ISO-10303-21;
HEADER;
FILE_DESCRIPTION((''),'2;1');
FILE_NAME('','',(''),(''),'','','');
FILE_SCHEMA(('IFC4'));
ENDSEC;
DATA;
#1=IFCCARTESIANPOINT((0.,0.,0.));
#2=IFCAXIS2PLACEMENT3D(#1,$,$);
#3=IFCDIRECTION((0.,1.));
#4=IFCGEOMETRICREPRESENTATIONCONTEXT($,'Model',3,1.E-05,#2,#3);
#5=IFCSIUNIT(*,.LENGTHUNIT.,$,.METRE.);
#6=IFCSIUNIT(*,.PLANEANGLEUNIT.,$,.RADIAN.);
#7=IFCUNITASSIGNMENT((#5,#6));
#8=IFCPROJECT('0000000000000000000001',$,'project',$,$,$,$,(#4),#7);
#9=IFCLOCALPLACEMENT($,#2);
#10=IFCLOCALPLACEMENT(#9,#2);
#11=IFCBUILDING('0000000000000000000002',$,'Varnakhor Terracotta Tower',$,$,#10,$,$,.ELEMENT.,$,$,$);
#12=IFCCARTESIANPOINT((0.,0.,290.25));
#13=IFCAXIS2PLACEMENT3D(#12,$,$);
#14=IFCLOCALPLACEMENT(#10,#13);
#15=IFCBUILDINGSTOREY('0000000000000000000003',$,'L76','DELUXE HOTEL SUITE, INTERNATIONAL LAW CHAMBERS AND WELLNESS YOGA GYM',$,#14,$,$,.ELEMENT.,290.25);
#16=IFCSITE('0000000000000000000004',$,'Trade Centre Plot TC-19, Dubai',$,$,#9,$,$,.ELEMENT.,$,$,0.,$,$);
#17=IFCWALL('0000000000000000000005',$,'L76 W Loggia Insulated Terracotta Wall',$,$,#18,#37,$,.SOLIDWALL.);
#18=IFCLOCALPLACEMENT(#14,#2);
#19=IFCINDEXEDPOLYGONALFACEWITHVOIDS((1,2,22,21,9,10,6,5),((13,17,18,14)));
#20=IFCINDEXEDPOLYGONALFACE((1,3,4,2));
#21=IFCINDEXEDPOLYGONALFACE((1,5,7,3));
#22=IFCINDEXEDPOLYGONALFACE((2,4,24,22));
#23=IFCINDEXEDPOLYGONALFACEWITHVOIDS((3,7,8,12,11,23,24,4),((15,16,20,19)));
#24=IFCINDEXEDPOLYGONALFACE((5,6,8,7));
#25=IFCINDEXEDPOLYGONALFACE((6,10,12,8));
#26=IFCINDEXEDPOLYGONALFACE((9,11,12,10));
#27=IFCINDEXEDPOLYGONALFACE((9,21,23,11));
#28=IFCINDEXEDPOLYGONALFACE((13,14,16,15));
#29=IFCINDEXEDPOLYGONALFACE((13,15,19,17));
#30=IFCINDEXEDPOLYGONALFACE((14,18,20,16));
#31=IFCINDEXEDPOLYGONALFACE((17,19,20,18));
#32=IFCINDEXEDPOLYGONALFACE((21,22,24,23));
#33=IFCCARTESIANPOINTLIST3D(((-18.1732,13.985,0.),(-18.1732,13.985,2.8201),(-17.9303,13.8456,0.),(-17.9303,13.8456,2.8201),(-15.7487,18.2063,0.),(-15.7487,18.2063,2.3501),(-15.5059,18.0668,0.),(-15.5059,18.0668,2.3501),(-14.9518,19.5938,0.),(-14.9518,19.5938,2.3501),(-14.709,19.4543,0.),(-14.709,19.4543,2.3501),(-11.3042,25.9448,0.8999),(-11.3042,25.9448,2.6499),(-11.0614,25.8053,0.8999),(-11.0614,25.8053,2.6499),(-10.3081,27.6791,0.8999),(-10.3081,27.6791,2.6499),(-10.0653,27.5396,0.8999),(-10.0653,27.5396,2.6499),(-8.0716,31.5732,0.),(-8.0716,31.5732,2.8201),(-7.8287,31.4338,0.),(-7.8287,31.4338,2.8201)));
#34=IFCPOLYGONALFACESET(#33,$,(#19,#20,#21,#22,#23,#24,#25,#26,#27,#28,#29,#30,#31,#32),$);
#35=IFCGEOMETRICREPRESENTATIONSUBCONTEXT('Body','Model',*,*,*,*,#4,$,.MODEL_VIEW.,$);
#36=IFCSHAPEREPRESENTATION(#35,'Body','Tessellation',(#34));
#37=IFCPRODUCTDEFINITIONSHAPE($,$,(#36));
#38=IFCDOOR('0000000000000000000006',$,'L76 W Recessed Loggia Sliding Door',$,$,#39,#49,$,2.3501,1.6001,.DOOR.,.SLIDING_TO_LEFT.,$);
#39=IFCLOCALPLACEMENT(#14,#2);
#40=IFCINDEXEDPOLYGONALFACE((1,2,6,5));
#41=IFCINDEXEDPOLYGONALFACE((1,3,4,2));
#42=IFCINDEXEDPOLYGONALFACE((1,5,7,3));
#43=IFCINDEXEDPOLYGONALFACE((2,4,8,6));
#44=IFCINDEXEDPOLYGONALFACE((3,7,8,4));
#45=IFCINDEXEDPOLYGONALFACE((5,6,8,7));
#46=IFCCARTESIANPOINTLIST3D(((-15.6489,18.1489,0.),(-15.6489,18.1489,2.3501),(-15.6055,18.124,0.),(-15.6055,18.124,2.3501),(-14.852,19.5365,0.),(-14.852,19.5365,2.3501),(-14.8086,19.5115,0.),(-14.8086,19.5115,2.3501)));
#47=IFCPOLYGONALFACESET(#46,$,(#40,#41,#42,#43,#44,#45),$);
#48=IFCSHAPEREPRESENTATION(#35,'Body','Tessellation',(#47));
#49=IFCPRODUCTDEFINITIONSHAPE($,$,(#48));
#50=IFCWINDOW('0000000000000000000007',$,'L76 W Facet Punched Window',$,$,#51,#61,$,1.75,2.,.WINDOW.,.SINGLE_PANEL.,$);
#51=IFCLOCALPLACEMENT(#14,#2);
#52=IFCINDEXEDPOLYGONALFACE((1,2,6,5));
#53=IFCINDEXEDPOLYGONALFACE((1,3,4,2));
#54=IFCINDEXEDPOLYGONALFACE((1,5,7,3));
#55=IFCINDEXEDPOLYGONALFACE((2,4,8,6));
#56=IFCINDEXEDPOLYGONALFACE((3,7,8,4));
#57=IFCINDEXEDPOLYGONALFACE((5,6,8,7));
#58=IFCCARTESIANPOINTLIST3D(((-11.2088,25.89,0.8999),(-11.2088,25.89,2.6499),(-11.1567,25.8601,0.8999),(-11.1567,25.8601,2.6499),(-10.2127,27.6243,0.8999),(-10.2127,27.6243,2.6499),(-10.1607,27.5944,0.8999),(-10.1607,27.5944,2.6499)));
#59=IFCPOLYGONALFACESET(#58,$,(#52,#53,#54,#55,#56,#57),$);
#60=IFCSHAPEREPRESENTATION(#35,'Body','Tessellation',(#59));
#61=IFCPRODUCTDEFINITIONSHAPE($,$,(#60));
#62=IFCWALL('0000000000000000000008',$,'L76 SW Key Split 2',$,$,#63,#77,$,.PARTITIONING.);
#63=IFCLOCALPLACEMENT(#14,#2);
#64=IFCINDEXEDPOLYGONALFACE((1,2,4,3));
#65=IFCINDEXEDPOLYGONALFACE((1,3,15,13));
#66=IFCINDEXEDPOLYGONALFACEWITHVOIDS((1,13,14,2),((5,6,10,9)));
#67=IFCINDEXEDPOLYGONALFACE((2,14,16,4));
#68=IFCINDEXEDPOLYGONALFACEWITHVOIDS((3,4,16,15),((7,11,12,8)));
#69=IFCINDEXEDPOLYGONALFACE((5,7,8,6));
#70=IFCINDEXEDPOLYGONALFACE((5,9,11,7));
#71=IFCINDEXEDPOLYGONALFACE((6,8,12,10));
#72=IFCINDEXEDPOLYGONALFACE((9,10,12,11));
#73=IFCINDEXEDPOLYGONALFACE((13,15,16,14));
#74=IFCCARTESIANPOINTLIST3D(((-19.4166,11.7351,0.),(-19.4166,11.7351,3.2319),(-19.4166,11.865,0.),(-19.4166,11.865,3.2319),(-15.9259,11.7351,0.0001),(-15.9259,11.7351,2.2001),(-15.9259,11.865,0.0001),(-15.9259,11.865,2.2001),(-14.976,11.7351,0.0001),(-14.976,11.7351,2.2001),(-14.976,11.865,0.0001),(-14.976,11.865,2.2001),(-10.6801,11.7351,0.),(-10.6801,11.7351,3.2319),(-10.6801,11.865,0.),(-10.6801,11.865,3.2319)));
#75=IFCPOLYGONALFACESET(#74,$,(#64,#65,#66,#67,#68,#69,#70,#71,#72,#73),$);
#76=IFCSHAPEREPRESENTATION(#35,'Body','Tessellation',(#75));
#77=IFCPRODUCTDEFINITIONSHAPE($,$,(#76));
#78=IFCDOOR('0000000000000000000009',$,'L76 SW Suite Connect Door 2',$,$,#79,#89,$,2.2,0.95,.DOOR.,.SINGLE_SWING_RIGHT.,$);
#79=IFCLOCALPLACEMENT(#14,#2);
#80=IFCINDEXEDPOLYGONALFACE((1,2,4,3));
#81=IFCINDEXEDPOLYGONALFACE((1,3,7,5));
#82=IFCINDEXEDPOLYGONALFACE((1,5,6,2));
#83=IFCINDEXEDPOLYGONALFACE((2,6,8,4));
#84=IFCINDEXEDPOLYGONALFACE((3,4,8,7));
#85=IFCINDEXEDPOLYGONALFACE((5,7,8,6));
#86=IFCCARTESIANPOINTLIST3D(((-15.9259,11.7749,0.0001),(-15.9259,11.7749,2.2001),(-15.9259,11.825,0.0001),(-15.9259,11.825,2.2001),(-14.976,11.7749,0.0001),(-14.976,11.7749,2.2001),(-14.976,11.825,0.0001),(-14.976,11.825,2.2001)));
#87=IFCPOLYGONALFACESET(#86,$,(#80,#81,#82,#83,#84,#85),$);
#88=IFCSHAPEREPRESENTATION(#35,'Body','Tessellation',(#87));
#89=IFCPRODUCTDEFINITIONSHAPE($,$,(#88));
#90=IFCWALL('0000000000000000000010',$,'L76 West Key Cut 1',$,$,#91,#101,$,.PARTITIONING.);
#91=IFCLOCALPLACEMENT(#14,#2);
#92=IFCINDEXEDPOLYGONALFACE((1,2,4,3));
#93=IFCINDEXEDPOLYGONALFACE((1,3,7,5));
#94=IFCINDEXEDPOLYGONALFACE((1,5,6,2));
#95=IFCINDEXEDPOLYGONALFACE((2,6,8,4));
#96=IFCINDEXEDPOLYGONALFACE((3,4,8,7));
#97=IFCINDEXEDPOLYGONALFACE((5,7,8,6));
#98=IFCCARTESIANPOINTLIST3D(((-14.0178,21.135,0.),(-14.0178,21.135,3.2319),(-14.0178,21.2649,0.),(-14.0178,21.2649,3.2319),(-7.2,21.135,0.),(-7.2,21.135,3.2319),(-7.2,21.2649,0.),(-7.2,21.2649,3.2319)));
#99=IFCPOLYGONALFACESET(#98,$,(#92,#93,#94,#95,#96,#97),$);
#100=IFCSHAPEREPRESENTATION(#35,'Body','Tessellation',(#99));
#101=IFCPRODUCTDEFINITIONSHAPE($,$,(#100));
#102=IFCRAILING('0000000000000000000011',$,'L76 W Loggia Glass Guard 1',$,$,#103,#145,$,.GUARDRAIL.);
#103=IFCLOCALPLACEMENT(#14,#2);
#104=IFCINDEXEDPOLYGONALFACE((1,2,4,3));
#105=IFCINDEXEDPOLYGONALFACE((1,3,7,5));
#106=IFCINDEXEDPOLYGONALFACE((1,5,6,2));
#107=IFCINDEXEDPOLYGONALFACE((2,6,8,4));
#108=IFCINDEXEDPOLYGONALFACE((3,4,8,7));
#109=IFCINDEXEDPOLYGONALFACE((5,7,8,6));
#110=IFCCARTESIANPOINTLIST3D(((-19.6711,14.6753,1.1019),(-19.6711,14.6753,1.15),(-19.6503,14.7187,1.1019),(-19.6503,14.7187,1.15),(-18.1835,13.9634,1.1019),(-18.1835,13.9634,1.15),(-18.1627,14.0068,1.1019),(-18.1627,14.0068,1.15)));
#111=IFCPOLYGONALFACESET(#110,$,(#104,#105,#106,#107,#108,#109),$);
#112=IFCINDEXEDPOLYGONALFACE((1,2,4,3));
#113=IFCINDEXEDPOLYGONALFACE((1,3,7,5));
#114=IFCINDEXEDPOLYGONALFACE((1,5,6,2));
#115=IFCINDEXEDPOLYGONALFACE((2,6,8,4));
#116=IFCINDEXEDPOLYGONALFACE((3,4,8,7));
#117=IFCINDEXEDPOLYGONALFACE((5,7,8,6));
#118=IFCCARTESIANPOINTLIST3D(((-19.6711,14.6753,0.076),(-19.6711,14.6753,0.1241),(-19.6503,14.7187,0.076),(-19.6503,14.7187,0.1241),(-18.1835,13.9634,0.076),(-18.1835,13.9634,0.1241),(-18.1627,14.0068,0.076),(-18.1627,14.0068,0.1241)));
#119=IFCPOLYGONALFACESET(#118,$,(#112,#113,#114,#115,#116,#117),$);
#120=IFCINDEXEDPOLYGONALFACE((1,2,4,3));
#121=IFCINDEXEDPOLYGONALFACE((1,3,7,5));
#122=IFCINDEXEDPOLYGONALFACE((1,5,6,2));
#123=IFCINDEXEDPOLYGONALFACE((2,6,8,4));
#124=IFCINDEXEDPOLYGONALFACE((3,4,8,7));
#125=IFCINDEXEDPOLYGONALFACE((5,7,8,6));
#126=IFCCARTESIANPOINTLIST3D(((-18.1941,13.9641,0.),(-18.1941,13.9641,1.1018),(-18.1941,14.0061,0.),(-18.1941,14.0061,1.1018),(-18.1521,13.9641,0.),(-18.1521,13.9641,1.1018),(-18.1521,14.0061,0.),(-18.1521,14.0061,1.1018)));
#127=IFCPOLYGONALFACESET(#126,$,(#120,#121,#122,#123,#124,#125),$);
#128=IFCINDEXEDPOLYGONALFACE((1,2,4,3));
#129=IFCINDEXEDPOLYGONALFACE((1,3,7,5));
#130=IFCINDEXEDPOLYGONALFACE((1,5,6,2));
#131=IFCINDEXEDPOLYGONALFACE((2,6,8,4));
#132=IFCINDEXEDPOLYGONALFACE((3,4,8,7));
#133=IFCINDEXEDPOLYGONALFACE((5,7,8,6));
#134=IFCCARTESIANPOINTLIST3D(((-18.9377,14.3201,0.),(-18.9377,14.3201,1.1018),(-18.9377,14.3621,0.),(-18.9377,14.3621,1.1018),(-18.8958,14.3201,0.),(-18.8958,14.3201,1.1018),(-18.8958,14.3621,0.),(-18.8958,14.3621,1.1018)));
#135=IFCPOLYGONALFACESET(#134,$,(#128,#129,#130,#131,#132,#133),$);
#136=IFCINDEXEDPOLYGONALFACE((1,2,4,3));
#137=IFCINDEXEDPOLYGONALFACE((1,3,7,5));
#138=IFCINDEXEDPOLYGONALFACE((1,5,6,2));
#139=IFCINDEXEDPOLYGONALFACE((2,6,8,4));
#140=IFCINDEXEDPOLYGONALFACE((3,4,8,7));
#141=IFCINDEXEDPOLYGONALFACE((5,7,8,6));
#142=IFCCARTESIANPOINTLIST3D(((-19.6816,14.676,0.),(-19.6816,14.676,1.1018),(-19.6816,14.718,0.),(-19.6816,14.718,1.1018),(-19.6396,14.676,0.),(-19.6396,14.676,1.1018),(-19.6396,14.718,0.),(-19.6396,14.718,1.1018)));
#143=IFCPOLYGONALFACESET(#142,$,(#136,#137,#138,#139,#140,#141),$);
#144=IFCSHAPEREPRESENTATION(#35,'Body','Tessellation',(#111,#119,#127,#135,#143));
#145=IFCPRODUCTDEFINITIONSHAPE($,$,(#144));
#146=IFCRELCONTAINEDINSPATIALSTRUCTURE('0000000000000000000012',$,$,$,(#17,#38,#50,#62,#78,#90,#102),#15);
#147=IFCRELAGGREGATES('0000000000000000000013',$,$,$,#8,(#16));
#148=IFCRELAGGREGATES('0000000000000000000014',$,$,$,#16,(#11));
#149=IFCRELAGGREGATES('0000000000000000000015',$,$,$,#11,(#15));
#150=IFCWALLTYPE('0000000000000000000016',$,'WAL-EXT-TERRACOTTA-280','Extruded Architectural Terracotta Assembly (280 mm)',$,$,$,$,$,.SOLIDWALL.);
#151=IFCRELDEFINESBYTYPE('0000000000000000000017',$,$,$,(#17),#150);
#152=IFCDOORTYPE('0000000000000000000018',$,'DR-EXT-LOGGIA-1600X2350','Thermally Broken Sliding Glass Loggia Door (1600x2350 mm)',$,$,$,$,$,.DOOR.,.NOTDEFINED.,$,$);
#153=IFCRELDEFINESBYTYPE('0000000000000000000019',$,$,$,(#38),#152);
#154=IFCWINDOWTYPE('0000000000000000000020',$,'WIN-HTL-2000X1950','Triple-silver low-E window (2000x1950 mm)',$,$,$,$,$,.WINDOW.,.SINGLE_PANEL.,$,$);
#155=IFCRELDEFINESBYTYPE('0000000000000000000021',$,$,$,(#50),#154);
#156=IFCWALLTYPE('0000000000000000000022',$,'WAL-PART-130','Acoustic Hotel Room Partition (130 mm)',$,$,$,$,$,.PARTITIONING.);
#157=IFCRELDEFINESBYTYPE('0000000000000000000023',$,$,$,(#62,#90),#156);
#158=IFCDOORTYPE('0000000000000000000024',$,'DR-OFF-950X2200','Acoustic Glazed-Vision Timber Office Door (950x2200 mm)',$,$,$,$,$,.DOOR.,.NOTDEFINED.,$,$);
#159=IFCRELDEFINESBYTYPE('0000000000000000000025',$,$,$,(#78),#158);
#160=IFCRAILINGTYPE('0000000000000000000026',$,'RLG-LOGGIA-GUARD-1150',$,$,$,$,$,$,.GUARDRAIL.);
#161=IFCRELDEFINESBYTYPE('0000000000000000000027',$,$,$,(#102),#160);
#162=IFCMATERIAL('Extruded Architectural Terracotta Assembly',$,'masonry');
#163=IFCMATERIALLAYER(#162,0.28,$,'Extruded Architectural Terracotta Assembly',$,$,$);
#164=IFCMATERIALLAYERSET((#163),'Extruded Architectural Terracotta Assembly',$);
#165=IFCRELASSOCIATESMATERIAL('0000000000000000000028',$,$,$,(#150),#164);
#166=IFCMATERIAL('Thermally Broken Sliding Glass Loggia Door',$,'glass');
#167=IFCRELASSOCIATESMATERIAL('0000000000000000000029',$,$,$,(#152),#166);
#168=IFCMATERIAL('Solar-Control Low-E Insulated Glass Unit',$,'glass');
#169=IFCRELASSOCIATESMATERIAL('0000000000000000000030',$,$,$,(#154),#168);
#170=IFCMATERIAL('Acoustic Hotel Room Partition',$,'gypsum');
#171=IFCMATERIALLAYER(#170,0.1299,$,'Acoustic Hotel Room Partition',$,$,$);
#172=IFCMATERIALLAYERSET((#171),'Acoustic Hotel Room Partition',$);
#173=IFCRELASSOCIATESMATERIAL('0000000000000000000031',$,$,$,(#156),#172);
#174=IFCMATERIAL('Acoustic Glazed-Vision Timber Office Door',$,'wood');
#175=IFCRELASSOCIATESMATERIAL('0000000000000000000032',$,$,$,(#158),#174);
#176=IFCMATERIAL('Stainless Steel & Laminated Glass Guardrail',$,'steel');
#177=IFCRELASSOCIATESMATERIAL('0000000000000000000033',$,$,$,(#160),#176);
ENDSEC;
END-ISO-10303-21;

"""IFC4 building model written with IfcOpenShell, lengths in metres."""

from ifc_helpers import new_model, si_unit, direction, frame, frame_2d, origin, origin_2d, place, context, subcontext, project, spatial, rectangle, extrude, source, transform, mapped, material, layer, layer_set, type_object, type_shapes, element, fill, save


model = new_model("IFC4")

# Units and contexts
model_context = context("Model", 3, precision=1e-05, world=origin(), true_north=direction((0.0, 1.0)))
body_context = subcontext(model_context, "Body", "Model", "MODEL_VIEW")
ifc_project = project(units=[si_unit("LENGTHUNIT", "METRE"), si_unit("PLANEANGLEUNIT", "RADIAN")], contexts=[model_context])

# Site, building, storey
site_placement = place(None, origin())
site = spatial("IfcSite", under=ifc_project, at=site_placement, Name="Trade Centre Plot TC-19, Dubai", CompositionType="ELEMENT", RefElevation=0.0)
building_placement = place(site_placement, origin())
building = spatial("IfcBuilding", under=site, at=building_placement, Name="Varnakhor Terracotta Tower", CompositionType="ELEMENT")
storey_placement = place(building_placement, frame((0.0, 0.0, 290.25)))
storey = spatial("IfcBuildingStorey", under=building, at=storey_placement, Name="L76", Description="DELUXE HOTEL SUITE, INTERNATIONAL LAW CHAMBERS AND WELLNESS YOGA GYM", CompositionType="ELEMENT", Elevation=290.25)

# Wall, openings, door, window
ifc_material_1 = material(Name="Extruded Architectural Terracotta Assembly", Category="masonry")
ifc_layer_1 = layer(ifc_material_1, 0.28, Name="Extruded Architectural Terracotta Assembly")
ifc_layer_set_1 = layer_set([ifc_layer_1], Name="Extruded Architectural Terracotta Assembly")
wall_type_1 = type_object("IfcWallType", Name="WAL-EXT-TERRACOTTA-280", Description="Extruded Architectural Terracotta Assembly (280 mm)", PredefinedType="SOLIDWALL", material=ifc_layer_set_1)
wall_1_placement = place(storey_placement, frame((-18.0518, 13.9153, 0.0), z_axis=(0.0, 0.0, 1.0), x_axis=(0.498041, 0.867154, 0.0)))
wall_1 = element("IfcWall", 1, at=wall_1_placement, inside=storey, type_object=wall_type_1, Name="L76 W Loggia Insulated Terracotta Wall", PredefinedType="SOLIDWALL", context=body_context, shape_type="SweptSolid", body=[
    extrude(rectangle(XDim=20.2827, YDim=0.28, at=frame_2d((10.1414, 0.0))), origin(), (0.0, 0.0, 1.0), 2.8201),
])
opening_1_placement = place(wall_1_placement, frame((4.8679, 0.0, 0.0)))
opening_1 = element("IfcOpeningElement", 2, at=opening_1_placement, cuts=wall_1, PredefinedType="OPENING", context=body_context, shape_type="SweptSolid", body=[
    extrude(rectangle(XDim=1.6001, YDim=2.3501, at=frame_2d((0.8, 1.175))), frame((0.0, 0.1499, 0.0), z_axis=(0.0, -1.0, 0.0), x_axis=(1.0, 0.0, 0.0)), (0.0, 0.0, 1.0), 0.3),
])
opening_2_placement = place(wall_1_placement, frame((13.792, 0.0, 0.8999)))
opening_2 = element("IfcOpeningElement", 3, at=opening_2_placement, cuts=wall_1, PredefinedType="OPENING", context=body_context, shape_type="SweptSolid", body=[
    extrude(rectangle(XDim=2.0, YDim=1.75, at=frame_2d((1.0, 0.875))), frame((0.0, 0.1499, 0.0), z_axis=(0.0, -1.0, 0.0), x_axis=(1.0, 0.0, 0.0)), (0.0, 0.0, 1.0), 0.3),
])
ifc_material_2 = material(Name="Thermally Broken Sliding Glass Loggia Door", Category="glass")
door_type_1 = type_object("IfcDoorType", Name="DR-EXT-LOGGIA-1600X2350", Description="Thermally Broken Sliding Glass Loggia Door (1600x2350 mm)", OperationType="NOTDEFINED", PredefinedType="DOOR", material=ifc_material_2)
shared_shape_1 = source(origin(), body_context, "Body", "SweptSolid", [
    extrude(rectangle(XDim=1.6001, YDim=2.3501, at=frame_2d((0.8, 1.175))), frame((0.0, 0.0249, 0.0), z_axis=(0.0, -1.0, 0.0), x_axis=(1.0, 0.0, 0.0)), (0.0, 0.0, 1.0), 0.05),
])
type_shapes(door_type_1, [shared_shape_1])
door_1_placement = place(opening_1_placement, origin())
door_1 = element("IfcDoor", 4, at=door_1_placement, inside=storey, type_object=door_type_1, Name="L76 W Recessed Loggia Sliding Door", OperationType="SLIDING_TO_LEFT", OverallHeight=2.3501, OverallWidth=1.6001, PredefinedType="DOOR", context=body_context, shape_type="MappedRepresentation", body=[
    mapped(shared_shape_1, transform((0.0, 0.0, 0.0), scale=1.0)),
])
fill(opening_1, door_1)
ifc_material_3 = material(Name="Solar-Control Low-E Insulated Glass Unit", Category="glass")
window_type = type_object("IfcWindowType", Name="WIN-HTL-2000X1950", Description="Triple-silver low-E window (2000x1950 mm)", PartitioningType="SINGLE_PANEL", PredefinedType="WINDOW", material=ifc_material_3)
shared_shape_2 = source(origin(), body_context, "Body", "SweptSolid", [
    extrude(rectangle(XDim=2.0, YDim=1.75, at=frame_2d((1.0, 0.875))), frame((0.0, 0.03, 0.0), z_axis=(0.0, -1.0, 0.0), x_axis=(1.0, 0.0, 0.0)), (0.0, 0.0, 1.0), 0.0601),
])
type_shapes(window_type, [shared_shape_2])
window_placement = place(opening_2_placement, origin())
window = element("IfcWindow", 5, at=window_placement, inside=storey, type_object=window_type, Name="L76 W Facet Punched Window", OverallHeight=1.75, OverallWidth=2.0, PartitioningType="SINGLE_PANEL", PredefinedType="WINDOW", context=body_context, shape_type="MappedRepresentation", body=[
    mapped(shared_shape_2, transform((0.0, 0.0, 0.0), scale=1.0)),
])
fill(opening_2, window)

# Wall, opening, door
ifc_material_4 = material(Name="Acoustic Hotel Room Partition", Category="gypsum")
ifc_layer_2 = layer(ifc_material_4, 0.1299, Name="Acoustic Hotel Room Partition")
ifc_layer_set_2 = layer_set([ifc_layer_2], Name="Acoustic Hotel Room Partition")
wall_type_2 = type_object("IfcWallType", Name="WAL-PART-130", Description="Acoustic Hotel Room Partition (130 mm)", PredefinedType="PARTITIONING", material=ifc_layer_set_2)
wall_2_placement = place(storey_placement, frame((-19.4165, 11.8, 0.0), z_axis=(0.0, 0.0, 1.0), x_axis=(1.0, 0.0, 0.0)))
wall_2 = element("IfcWall", 6, at=wall_2_placement, inside=storey, type_object=wall_type_2, Name="L76 SW Key Split 2", PredefinedType="PARTITIONING", context=body_context, shape_type="SweptSolid", body=[
    extrude(rectangle(XDim=8.7366, YDim=0.1299, at=frame_2d((4.3682, 0.0))), origin(), (0.0, 0.0, 1.0), 3.2319),
])
opening_3_placement = place(wall_2_placement, frame((3.4905, 0.0, 0.0)))
opening_3 = element("IfcOpeningElement", 7, at=opening_3_placement, cuts=wall_2, PredefinedType="OPENING", context=body_context, shape_type="SweptSolid", body=[
    extrude(rectangle(XDim=0.95, YDim=2.2, at=frame_2d((0.4751, 1.1001))), frame((0.0, 0.075, 0.0), z_axis=(0.0, -1.0, 0.0), x_axis=(1.0, 0.0, 0.0)), (0.0, 0.0, 1.0), 0.1499),
])
ifc_material_5 = material(Name="Acoustic Glazed-Vision Timber Office Door", Category="wood")
door_type_2 = type_object("IfcDoorType", Name="DR-OFF-950X2200", Description="Acoustic Glazed-Vision Timber Office Door (950x2200 mm)", OperationType="NOTDEFINED", PredefinedType="DOOR", material=ifc_material_5)
shared_shape_3 = source(origin(), body_context, "Body", "SweptSolid", [
    extrude(rectangle(XDim=0.95, YDim=2.2, at=frame_2d((0.4751, 1.1001))), frame((0.0, 0.0249, 0.0), z_axis=(0.0, -1.0, 0.0), x_axis=(1.0, 0.0, 0.0)), (0.0, 0.0, 1.0), 0.05),
])
type_shapes(door_type_2, [shared_shape_3])
door_2_placement = place(opening_3_placement, origin())
door_2 = element("IfcDoor", 8, at=door_2_placement, inside=storey, type_object=door_type_2, Name="L76 SW Suite Connect Door 2", OperationType="SINGLE_SWING_RIGHT", OverallHeight=2.2, OverallWidth=0.95, PredefinedType="DOOR", context=body_context, shape_type="MappedRepresentation", body=[
    mapped(shared_shape_3, transform((0.0, 0.0, 0.0), scale=1.0)),
])
fill(opening_3, door_2)

# Wall
wall_3_placement = place(storey_placement, frame((-14.0178, 21.2, 0.0), z_axis=(0.0, 0.0, 1.0), x_axis=(1.0, 0.0, 0.0)))
element("IfcWall", 9, at=wall_3_placement, inside=storey, type_object=wall_type_2, Name="L76 West Key Cut 1", PredefinedType="PARTITIONING", context=body_context, shape_type="SweptSolid", body=[
    extrude(rectangle(XDim=6.8179, YDim=0.1299, at=frame_2d((3.4089, 0.0))), origin(), (0.0, 0.0, 1.0), 3.2319),
])

# Railing
ifc_material_6 = material(Name="Stainless Steel & Laminated Glass Guardrail", Category="steel")
railing_type = type_object("IfcRailingType", Name="RLG-LOGGIA-GUARD-1150", PredefinedType="GUARDRAIL", material=ifc_material_6)
railing_1_placement = place(storey_placement, frame((-18.1731, 13.9851, 0.0)))
element("IfcRailing", 10, at=railing_1_placement, inside=storey, type_object=railing_type, Name="L76 W Loggia Glass Guard 1", PredefinedType="GUARDRAIL", context=body_context, shape_type="SweptSolid", body=[
    extrude(rectangle(XDim=0.0481, YDim=0.0481, at=origin_2d()), frame((0.0, 0.0, 1.126), z_axis=(-0.902021, 0.431691, 0.0), x_axis=(-0.431691, -0.902021, 0.0)), (0.0, 0.0, 1.0), 1.6492),
    extrude(rectangle(XDim=0.0481, YDim=0.0481, at=origin_2d()), frame((0.0, 0.0, 0.1001), z_axis=(-0.902021, 0.431691, 0.0), x_axis=(-0.431691, -0.902021, 0.0)), (0.0, 0.0, 1.0), 1.6492),
    extrude(rectangle(XDim=0.042, YDim=0.042, at=origin_2d()), origin(), (0.0, 0.0, 1.0), 1.1018),
    extrude(rectangle(XDim=0.042, YDim=0.042, at=origin_2d()), frame((-0.7437, 0.356, 0.0)), (0.0, 0.0, 1.0), 1.1018),
    extrude(rectangle(XDim=0.042, YDim=0.042, at=origin_2d()), frame((-1.4875, 0.7119, 0.0)), (0.0, 0.0, 1.0), 1.1018),
])

save(model, "model.ifc")
